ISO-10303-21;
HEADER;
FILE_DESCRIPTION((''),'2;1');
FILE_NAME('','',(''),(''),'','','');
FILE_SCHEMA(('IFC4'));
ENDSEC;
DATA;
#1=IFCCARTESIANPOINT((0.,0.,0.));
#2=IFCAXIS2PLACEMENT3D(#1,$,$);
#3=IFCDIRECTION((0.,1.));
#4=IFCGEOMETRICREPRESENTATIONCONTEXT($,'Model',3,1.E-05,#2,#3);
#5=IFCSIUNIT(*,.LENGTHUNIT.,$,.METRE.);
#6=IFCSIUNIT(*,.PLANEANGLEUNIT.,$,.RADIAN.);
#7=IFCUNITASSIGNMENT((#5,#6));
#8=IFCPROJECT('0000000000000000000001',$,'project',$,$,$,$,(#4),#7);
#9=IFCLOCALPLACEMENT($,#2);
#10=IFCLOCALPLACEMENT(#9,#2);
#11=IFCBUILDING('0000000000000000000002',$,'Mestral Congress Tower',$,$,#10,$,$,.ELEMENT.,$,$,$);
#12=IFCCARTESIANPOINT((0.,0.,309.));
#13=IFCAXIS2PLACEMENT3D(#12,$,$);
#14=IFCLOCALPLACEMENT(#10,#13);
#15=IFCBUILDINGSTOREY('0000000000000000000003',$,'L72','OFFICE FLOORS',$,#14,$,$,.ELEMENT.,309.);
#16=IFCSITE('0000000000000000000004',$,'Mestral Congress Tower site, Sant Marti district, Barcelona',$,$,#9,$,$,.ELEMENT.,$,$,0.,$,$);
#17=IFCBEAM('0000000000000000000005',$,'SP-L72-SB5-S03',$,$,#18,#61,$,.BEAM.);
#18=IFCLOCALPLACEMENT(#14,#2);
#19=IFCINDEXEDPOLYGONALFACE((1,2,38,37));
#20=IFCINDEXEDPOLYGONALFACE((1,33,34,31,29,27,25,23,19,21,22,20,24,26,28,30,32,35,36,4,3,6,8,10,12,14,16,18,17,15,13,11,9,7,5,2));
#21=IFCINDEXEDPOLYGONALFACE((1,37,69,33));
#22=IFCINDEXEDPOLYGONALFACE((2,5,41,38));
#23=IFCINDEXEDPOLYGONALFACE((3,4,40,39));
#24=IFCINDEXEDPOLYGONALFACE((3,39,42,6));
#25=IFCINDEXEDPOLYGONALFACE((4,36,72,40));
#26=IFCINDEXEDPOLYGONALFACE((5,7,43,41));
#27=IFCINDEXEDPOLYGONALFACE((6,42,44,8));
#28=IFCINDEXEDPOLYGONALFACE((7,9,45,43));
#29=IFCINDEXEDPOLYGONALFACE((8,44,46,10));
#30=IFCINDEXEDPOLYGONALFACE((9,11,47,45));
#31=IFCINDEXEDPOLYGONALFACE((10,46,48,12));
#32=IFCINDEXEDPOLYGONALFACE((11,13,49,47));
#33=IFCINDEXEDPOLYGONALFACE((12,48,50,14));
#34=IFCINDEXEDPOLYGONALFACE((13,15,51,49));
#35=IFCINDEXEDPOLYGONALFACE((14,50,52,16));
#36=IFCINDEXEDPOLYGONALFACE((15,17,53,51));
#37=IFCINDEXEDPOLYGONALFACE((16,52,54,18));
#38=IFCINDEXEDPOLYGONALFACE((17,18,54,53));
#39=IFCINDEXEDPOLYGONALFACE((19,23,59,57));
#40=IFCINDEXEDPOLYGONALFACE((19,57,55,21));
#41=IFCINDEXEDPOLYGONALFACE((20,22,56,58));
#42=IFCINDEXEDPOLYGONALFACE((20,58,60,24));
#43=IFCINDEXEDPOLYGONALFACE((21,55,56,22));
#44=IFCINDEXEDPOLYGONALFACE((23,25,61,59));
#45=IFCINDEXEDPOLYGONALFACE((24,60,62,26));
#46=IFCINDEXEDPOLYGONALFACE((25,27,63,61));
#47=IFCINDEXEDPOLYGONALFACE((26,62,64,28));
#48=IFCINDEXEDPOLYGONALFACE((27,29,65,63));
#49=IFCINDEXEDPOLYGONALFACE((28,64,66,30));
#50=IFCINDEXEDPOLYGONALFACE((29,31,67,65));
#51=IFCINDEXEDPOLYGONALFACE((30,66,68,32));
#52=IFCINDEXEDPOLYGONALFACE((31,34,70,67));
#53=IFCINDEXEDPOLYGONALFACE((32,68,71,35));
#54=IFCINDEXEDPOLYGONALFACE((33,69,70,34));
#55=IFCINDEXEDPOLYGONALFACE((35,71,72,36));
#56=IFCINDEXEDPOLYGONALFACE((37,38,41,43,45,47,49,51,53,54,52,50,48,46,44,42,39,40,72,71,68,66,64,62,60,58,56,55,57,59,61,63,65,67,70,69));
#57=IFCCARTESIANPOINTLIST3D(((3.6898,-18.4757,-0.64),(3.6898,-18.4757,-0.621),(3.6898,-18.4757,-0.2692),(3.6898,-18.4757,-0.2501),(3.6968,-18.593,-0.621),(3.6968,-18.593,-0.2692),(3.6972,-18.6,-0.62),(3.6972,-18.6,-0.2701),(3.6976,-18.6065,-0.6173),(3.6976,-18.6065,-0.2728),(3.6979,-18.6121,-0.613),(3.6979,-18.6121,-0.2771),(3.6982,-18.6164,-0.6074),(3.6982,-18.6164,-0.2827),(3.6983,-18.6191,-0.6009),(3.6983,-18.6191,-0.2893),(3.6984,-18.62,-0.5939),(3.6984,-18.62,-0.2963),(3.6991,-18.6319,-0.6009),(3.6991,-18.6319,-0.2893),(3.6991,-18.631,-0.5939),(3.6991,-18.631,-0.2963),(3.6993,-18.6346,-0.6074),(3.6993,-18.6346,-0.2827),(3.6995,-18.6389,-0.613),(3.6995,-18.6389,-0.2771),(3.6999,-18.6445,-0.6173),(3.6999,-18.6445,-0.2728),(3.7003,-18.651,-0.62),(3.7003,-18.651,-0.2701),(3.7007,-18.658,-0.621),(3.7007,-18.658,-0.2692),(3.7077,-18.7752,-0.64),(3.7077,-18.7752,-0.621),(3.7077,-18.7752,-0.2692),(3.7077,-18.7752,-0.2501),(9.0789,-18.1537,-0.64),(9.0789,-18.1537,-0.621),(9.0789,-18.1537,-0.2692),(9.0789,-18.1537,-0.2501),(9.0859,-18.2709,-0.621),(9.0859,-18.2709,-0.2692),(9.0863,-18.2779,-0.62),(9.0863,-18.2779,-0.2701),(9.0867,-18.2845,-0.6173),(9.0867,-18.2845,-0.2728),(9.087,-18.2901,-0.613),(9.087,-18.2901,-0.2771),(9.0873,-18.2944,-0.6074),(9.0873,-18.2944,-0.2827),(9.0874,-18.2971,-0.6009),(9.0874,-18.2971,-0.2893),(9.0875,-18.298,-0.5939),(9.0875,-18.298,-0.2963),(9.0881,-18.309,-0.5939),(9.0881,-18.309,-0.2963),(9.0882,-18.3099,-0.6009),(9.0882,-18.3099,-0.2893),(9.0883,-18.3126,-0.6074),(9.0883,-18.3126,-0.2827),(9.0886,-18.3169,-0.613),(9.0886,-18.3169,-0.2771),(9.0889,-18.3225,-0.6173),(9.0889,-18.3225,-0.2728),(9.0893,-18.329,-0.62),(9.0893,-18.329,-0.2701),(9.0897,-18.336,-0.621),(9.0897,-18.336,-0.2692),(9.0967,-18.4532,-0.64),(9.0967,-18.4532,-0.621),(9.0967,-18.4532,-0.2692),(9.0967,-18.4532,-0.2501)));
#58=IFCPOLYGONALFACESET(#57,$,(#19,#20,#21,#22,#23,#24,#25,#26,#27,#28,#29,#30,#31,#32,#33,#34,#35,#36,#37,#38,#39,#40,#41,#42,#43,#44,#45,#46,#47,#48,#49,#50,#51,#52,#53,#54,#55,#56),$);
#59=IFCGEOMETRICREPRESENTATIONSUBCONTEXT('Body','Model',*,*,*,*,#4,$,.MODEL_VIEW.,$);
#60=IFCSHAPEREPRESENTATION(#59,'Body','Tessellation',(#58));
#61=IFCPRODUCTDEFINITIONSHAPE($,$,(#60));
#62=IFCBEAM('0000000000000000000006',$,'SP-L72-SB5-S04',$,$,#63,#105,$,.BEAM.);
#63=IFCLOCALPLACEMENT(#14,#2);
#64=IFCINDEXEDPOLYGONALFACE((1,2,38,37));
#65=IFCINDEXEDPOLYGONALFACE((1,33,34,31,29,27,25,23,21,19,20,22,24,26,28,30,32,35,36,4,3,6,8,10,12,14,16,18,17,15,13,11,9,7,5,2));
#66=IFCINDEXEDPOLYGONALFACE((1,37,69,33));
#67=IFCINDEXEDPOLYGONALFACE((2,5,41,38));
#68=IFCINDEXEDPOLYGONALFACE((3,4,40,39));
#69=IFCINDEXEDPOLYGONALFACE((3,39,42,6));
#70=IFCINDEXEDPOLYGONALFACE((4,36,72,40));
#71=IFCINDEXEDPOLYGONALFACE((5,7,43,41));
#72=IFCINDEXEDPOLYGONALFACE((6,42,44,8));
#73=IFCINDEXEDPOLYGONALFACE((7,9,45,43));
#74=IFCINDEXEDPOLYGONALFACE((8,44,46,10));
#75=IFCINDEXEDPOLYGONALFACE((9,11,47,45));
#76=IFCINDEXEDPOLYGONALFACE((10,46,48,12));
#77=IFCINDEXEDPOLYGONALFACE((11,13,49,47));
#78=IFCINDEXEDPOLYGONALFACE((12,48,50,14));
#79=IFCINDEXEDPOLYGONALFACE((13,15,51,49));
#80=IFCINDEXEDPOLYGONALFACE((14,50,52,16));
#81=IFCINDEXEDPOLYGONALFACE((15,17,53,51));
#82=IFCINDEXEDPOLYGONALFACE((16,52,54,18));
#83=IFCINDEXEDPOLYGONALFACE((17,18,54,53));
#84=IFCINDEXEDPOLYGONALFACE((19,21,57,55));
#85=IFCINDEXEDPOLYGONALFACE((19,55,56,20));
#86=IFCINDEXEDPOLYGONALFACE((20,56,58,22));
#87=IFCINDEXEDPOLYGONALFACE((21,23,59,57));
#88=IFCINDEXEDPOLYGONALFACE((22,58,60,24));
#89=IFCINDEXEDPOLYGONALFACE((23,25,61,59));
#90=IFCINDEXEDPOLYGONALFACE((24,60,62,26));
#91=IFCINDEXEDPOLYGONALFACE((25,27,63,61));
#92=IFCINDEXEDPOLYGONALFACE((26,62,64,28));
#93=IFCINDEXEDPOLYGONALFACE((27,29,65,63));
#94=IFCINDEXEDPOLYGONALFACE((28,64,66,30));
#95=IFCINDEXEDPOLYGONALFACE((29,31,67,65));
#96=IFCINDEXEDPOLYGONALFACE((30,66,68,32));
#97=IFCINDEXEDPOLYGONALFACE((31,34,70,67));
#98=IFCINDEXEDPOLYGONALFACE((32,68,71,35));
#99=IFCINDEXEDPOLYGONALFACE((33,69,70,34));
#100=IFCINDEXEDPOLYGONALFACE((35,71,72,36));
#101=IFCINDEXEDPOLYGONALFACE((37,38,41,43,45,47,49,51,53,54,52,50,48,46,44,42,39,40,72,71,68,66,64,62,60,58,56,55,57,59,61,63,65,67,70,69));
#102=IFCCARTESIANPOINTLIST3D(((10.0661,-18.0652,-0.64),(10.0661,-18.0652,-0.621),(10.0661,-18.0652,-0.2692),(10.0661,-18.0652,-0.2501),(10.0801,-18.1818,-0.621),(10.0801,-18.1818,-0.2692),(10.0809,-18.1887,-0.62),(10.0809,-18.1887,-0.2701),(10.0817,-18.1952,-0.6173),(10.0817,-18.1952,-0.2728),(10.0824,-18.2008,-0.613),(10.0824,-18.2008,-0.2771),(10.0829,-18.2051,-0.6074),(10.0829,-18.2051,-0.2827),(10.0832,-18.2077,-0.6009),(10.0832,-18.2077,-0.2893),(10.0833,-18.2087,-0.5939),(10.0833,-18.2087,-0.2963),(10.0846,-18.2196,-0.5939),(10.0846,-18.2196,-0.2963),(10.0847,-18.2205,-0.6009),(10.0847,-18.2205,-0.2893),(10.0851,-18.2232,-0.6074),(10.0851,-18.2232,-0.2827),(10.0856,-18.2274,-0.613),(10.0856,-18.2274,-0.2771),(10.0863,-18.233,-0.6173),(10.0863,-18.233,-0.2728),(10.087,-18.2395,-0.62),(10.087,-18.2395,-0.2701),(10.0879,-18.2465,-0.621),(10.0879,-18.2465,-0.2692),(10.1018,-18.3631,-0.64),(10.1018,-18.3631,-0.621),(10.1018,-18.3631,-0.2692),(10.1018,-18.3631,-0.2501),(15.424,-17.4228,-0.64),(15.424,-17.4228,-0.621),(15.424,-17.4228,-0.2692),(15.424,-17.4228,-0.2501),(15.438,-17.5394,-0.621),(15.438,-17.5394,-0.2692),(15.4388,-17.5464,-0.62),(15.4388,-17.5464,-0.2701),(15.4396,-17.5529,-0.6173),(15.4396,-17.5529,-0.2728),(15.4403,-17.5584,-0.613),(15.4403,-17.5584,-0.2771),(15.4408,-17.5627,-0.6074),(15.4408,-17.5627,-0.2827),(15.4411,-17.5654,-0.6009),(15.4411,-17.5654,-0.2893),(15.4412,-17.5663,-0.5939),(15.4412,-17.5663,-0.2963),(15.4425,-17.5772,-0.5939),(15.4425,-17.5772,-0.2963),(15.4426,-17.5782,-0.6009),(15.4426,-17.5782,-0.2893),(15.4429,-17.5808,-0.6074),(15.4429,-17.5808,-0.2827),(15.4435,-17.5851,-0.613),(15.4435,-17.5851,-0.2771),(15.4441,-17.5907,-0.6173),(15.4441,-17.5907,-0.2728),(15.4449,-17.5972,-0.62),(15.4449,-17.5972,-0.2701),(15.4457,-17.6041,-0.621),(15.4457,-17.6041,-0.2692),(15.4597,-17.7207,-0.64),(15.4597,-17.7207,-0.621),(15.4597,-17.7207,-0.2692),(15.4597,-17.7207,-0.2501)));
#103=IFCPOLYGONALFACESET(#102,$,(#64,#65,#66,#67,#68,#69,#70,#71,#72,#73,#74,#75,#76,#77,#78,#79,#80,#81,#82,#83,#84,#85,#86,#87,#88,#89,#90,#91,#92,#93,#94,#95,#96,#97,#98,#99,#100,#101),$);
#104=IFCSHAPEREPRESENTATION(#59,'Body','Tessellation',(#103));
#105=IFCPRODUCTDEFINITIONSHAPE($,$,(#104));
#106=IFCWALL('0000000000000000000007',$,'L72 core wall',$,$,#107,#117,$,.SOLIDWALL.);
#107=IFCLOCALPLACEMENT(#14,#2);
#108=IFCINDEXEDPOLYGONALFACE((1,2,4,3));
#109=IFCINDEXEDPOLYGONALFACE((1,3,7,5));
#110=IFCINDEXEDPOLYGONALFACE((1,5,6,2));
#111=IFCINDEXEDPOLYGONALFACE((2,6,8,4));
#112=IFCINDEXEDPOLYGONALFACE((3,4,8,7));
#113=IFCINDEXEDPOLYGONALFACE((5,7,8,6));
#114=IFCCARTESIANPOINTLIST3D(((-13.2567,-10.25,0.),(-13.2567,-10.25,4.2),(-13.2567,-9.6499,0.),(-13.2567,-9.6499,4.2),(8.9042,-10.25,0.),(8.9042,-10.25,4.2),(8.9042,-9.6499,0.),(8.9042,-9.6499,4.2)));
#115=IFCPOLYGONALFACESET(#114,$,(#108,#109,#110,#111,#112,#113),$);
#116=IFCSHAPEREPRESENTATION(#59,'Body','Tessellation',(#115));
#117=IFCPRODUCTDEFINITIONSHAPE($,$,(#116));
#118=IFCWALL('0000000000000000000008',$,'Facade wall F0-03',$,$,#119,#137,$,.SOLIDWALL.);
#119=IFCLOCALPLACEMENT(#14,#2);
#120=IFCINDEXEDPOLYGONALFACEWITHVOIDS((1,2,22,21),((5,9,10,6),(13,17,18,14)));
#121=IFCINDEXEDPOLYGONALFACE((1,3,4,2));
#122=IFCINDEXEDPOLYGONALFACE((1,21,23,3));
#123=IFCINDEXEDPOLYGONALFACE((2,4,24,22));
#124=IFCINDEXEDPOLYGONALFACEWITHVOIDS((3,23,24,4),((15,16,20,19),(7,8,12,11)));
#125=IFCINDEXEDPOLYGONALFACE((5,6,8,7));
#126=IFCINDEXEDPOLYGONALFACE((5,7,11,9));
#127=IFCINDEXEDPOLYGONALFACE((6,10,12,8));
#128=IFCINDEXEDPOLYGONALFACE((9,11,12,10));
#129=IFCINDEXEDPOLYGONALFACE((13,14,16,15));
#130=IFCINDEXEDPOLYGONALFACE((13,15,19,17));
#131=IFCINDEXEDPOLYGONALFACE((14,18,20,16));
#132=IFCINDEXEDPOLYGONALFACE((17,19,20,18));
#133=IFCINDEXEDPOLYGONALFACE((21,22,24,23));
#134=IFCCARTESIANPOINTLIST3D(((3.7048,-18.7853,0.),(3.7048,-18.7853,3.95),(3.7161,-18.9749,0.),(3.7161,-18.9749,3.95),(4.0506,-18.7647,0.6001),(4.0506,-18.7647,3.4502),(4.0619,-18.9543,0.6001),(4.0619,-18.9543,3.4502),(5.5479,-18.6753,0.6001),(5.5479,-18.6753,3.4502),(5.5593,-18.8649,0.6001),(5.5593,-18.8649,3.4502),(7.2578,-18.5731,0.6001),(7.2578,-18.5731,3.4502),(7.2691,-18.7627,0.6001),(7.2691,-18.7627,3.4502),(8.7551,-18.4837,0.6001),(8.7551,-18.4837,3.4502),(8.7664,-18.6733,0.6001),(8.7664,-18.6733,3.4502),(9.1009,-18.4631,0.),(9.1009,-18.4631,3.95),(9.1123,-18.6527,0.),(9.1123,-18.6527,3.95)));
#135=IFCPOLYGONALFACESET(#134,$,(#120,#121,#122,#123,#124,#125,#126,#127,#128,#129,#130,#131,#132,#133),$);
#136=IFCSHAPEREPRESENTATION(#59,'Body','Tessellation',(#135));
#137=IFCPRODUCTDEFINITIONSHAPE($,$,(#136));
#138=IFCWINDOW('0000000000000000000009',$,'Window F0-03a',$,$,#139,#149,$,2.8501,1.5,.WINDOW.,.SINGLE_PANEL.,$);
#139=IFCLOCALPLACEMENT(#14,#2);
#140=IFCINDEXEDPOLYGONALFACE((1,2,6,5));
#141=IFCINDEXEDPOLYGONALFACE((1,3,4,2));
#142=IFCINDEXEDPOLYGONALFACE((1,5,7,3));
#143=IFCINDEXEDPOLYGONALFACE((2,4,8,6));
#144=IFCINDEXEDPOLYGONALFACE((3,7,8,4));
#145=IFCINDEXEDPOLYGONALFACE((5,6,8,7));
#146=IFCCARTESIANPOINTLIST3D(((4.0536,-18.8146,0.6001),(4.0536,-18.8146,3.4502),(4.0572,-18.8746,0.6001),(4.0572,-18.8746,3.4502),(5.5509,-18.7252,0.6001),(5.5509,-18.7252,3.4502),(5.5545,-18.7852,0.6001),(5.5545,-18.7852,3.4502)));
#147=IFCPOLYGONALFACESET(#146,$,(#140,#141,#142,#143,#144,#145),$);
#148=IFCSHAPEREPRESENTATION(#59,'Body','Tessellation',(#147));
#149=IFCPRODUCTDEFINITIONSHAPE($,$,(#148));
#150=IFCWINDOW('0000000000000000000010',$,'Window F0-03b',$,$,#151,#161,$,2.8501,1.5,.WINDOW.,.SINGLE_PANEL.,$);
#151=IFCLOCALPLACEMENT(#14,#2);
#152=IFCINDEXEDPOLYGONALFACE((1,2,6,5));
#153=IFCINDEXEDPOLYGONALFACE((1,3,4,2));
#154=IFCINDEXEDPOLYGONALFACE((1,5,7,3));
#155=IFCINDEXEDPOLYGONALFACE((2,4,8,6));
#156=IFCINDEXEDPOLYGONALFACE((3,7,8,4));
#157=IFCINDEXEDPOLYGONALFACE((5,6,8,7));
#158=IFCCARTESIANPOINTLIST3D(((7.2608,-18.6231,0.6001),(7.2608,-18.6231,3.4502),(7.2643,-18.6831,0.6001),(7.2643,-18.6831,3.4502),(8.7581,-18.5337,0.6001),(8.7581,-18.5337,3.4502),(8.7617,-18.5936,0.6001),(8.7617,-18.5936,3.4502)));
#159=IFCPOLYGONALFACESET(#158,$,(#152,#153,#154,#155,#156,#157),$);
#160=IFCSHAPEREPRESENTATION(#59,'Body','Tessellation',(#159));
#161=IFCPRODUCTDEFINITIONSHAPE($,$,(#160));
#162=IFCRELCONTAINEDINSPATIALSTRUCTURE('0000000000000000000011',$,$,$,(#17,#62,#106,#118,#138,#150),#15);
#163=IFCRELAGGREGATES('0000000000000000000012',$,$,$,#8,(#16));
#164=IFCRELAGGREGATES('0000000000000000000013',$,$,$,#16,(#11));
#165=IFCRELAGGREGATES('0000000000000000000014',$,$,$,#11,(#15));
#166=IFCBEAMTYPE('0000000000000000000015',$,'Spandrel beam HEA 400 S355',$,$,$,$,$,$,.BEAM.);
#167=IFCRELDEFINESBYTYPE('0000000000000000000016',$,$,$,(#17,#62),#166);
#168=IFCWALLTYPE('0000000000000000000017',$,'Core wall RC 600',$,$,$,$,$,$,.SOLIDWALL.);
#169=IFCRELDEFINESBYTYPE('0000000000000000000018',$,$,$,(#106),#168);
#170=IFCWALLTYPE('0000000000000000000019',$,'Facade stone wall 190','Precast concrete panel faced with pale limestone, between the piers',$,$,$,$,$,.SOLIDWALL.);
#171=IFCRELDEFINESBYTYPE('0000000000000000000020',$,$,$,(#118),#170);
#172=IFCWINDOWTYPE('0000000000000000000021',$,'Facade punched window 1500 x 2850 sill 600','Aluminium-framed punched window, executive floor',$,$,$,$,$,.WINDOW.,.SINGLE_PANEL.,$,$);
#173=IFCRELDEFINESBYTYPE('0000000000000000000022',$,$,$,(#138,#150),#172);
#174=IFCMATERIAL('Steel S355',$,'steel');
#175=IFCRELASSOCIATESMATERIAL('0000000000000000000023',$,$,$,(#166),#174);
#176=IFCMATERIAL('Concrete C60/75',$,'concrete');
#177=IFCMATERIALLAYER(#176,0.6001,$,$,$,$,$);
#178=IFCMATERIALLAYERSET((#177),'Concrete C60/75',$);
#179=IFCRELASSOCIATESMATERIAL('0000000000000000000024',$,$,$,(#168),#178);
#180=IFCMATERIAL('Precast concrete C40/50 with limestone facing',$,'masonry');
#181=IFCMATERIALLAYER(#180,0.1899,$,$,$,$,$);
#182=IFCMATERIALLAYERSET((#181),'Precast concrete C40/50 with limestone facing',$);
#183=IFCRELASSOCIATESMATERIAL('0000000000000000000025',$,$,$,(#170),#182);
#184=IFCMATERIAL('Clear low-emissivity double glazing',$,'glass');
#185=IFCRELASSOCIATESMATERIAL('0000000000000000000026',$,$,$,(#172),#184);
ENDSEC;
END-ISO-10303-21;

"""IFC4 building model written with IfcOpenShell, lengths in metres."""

from ifc_helpers import new_model, si_unit, direction, frame, frame_2d, origin, origin_2d, place, context, subcontext, project, spatial, rectangle, i_section, extrude, material, layer, layer_set, material_profile, profile_set, type_object, element, fill, save


model = new_model("IFC4")

# Units and contexts
model_context = context("Model", 3, precision=1e-05, world=origin(), true_north=direction((0.0, 1.0)))
body_context = subcontext(model_context, "Body", "Model", "MODEL_VIEW")
ifc_project = project(units=[si_unit("LENGTHUNIT", "METRE"), si_unit("PLANEANGLEUNIT", "RADIAN")], contexts=[model_context])

# Site, building, storey
site_placement = place(None, origin())
site = spatial("IfcSite", under=ifc_project, at=site_placement, Name="Mestral Congress Tower site, Sant Marti district, Barcelona", CompositionType="ELEMENT", RefElevation=0.0)
building_placement = place(site_placement, origin())
building = spatial("IfcBuilding", under=site, at=building_placement, Name="Mestral Congress Tower", CompositionType="ELEMENT")
storey_placement = place(building_placement, frame((0.0, 0.0, 309.0)))
storey = spatial("IfcBuildingStorey", under=building, at=storey_placement, Name="L72", Description="OFFICE FLOORS", CompositionType="ELEMENT", Elevation=309.0)

# Shared definitions
ifc_material_1 = material(Name="Concrete C60/75", Category="concrete")

# Beams
ifc_material_2 = material(Name="Steel S355", Category="steel")
ifc_material_profile_1 = material_profile(ifc_material_2, i_section(OverallWidth=0.3, OverallDepth=0.3899, WebThickness=0.011, FlangeThickness=0.019, FilletRadius=0.0271, at=origin_2d()), Name="HEA 400")
ifc_profile_set_1 = profile_set([ifc_material_profile_1], Name="Steel S355")
beam_type_1 = type_object("IfcBeamType", Name="Spandrel beam HEA 400 S355", PredefinedType="BEAM", material=ifc_profile_set_1)
beam_1_placement = place(storey_placement, frame((3.6987, -18.6255, -0.4451), z_axis=(0.99822, 0.059647, 0.0), x_axis=(-0.059647, 0.99822, 0.0)))
element("IfcBeam", 1, at=beam_1_placement, inside=storey, type_object=beam_type_1, Name="SP-L72-SB5-S03", PredefinedType="BEAM", context=body_context, shape_type="SweptSolid", body=[
    extrude(i_section(OverallWidth=0.3, OverallDepth=0.3899, WebThickness=0.011, FlangeThickness=0.019, FilletRadius=0.0271, at=origin_2d()), origin(), (0.0, 0.0, 1.0), 5.3987),
])
beam_2_placement = place(storey_placement, frame((10.084, -18.2141, -0.4451), z_axis=(0.99289, 0.119033, 0.0), x_axis=(-0.119033, 0.99289, 0.0)))
element("IfcBeam", 2, at=beam_2_placement, inside=storey, type_object=beam_type_1, Name="SP-L72-SB5-S04", PredefinedType="BEAM", context=body_context, shape_type="SweptSolid", body=[
    extrude(i_section(OverallWidth=0.3, OverallDepth=0.3899, WebThickness=0.011, FlangeThickness=0.019, FilletRadius=0.0271, at=origin_2d()), origin(), (0.0, 0.0, 1.0), 5.3962),
])

# Wall
ifc_layer_1 = layer(ifc_material_1, 0.6001)
ifc_layer_set_1 = layer_set([ifc_layer_1], Name="Concrete C60/75")
wall_type_1 = type_object("IfcWallType", Name="Core wall RC 600", PredefinedType="SOLIDWALL", material=ifc_layer_set_1)
wall_1_placement = place(storey_placement, frame((8.9043, -9.95, 0.0), z_axis=(0.0, 0.0, 1.0), x_axis=(-1.0, 0.0, 0.0)))
element("IfcWall", 3, at=wall_1_placement, inside=storey, type_object=wall_type_1, Name="L72 core wall", PredefinedType="SOLIDWALL", context=body_context, shape_type="SweptSolid", body=[
    extrude(rectangle(XDim=22.1609, YDim=0.6001, at=frame_2d((11.0806, 0.0))), origin(), (0.0, 0.0, 1.0), 4.2),
])

# Wall, openings, windows
ifc_material_3 = material(Name="Precast concrete C40/50 with limestone facing", Category="masonry")
ifc_layer_2 = layer(ifc_material_3, 0.1899)
ifc_layer_set_2 = layer_set([ifc_layer_2], Name="Precast concrete C40/50 with limestone facing")
wall_type_2 = type_object("IfcWallType", Name="Facade stone wall 190", Description="Precast concrete panel faced with pale limestone, between the piers", PredefinedType="SOLIDWALL", material=ifc_layer_set_2)
wall_2_placement = place(storey_placement, frame((3.7104, -18.8801, 0.0), z_axis=(0.0, 0.0, 1.0), x_axis=(0.998221, 0.059614, 0.0)))
wall_2 = element("IfcWall", 4, at=wall_2_placement, inside=storey, type_object=wall_type_2, Name="Facade wall F0-03", PredefinedType="SOLIDWALL", context=body_context, shape_type="SweptSolid", body=[
    extrude(rectangle(XDim=5.4058, YDim=0.1899, at=frame_2d((2.7029, 0.0))), origin(), (0.0, 0.0, 1.0), 3.95),
])
opening_1_placement = place(wall_2_placement, frame((0.3464, 0.0, 0.6001)))
opening_1 = element("IfcOpeningElement", 5, at=opening_1_placement, cuts=wall_2, PredefinedType="OPENING", context=body_context, shape_type="SweptSolid", body=[
    extrude(rectangle(XDim=1.5, YDim=2.8501, at=frame_2d((0.75, 1.425))), frame((0.0, 0.105, 0.0), z_axis=(0.0, -1.0, 0.0), x_axis=(1.0, 0.0, 0.0)), (0.0, 0.0, 1.0), 0.21),
])
opening_2_placement = place(wall_2_placement, frame((3.5593, 0.0, 0.6001)))
opening_2 = element("IfcOpeningElement", 6, at=opening_2_placement, cuts=wall_2, PredefinedType="OPENING", context=body_context, shape_type="SweptSolid", body=[
    extrude(rectangle(XDim=1.5, YDim=2.8501, at=frame_2d((0.75, 1.425))), frame((0.0, 0.105, 0.0), z_axis=(0.0, -1.0, 0.0), x_axis=(1.0, 0.0, 0.0)), (0.0, 0.0, 1.0), 0.21),
])
ifc_material_4 = material(Name="Clear low-emissivity double glazing", Category="glass")
window_type = type_object("IfcWindowType", Name="Facade punched window 1500 x 2850 sill 600", Description="Aluminium-framed punched window, executive floor", PartitioningType="SINGLE_PANEL", PredefinedType="WINDOW", material=ifc_material_4)
window_1_placement = place(opening_1_placement, origin())
window_1 = element("IfcWindow", 7, at=window_1_placement, inside=storey, type_object=window_type, Name="Window F0-03a", OverallHeight=2.8501, OverallWidth=1.5, PartitioningType="SINGLE_PANEL", PredefinedType="WINDOW", context=body_context, shape_type="SweptSolid", body=[
    extrude(rectangle(XDim=1.5, YDim=2.8501, at=frame_2d((0.75, 1.425))), frame((0.0, 0.0449, 0.0), z_axis=(0.0, -1.0, 0.0), x_axis=(1.0, 0.0, 0.0)), (0.0, 0.0, 1.0), 0.0601),
])
fill(opening_1, window_1)
window_2_placement = place(opening_2_placement, origin())
window_2 = element("IfcWindow", 8, at=window_2_placement, inside=storey, type_object=window_type, Name="Window F0-03b", OverallHeight=2.8501, OverallWidth=1.5, PartitioningType="SINGLE_PANEL", PredefinedType="WINDOW", context=body_context, shape_type="SweptSolid", body=[
    extrude(rectangle(XDim=1.5, YDim=2.8501, at=frame_2d((0.75, 1.425))), frame((0.0, 0.0449, 0.0), z_axis=(0.0, -1.0, 0.0), x_axis=(1.0, 0.0, 0.0)), (0.0, 0.0, 1.0), 0.0601),
])
fill(opening_2, window_2)

save(model, "model.ifc")
